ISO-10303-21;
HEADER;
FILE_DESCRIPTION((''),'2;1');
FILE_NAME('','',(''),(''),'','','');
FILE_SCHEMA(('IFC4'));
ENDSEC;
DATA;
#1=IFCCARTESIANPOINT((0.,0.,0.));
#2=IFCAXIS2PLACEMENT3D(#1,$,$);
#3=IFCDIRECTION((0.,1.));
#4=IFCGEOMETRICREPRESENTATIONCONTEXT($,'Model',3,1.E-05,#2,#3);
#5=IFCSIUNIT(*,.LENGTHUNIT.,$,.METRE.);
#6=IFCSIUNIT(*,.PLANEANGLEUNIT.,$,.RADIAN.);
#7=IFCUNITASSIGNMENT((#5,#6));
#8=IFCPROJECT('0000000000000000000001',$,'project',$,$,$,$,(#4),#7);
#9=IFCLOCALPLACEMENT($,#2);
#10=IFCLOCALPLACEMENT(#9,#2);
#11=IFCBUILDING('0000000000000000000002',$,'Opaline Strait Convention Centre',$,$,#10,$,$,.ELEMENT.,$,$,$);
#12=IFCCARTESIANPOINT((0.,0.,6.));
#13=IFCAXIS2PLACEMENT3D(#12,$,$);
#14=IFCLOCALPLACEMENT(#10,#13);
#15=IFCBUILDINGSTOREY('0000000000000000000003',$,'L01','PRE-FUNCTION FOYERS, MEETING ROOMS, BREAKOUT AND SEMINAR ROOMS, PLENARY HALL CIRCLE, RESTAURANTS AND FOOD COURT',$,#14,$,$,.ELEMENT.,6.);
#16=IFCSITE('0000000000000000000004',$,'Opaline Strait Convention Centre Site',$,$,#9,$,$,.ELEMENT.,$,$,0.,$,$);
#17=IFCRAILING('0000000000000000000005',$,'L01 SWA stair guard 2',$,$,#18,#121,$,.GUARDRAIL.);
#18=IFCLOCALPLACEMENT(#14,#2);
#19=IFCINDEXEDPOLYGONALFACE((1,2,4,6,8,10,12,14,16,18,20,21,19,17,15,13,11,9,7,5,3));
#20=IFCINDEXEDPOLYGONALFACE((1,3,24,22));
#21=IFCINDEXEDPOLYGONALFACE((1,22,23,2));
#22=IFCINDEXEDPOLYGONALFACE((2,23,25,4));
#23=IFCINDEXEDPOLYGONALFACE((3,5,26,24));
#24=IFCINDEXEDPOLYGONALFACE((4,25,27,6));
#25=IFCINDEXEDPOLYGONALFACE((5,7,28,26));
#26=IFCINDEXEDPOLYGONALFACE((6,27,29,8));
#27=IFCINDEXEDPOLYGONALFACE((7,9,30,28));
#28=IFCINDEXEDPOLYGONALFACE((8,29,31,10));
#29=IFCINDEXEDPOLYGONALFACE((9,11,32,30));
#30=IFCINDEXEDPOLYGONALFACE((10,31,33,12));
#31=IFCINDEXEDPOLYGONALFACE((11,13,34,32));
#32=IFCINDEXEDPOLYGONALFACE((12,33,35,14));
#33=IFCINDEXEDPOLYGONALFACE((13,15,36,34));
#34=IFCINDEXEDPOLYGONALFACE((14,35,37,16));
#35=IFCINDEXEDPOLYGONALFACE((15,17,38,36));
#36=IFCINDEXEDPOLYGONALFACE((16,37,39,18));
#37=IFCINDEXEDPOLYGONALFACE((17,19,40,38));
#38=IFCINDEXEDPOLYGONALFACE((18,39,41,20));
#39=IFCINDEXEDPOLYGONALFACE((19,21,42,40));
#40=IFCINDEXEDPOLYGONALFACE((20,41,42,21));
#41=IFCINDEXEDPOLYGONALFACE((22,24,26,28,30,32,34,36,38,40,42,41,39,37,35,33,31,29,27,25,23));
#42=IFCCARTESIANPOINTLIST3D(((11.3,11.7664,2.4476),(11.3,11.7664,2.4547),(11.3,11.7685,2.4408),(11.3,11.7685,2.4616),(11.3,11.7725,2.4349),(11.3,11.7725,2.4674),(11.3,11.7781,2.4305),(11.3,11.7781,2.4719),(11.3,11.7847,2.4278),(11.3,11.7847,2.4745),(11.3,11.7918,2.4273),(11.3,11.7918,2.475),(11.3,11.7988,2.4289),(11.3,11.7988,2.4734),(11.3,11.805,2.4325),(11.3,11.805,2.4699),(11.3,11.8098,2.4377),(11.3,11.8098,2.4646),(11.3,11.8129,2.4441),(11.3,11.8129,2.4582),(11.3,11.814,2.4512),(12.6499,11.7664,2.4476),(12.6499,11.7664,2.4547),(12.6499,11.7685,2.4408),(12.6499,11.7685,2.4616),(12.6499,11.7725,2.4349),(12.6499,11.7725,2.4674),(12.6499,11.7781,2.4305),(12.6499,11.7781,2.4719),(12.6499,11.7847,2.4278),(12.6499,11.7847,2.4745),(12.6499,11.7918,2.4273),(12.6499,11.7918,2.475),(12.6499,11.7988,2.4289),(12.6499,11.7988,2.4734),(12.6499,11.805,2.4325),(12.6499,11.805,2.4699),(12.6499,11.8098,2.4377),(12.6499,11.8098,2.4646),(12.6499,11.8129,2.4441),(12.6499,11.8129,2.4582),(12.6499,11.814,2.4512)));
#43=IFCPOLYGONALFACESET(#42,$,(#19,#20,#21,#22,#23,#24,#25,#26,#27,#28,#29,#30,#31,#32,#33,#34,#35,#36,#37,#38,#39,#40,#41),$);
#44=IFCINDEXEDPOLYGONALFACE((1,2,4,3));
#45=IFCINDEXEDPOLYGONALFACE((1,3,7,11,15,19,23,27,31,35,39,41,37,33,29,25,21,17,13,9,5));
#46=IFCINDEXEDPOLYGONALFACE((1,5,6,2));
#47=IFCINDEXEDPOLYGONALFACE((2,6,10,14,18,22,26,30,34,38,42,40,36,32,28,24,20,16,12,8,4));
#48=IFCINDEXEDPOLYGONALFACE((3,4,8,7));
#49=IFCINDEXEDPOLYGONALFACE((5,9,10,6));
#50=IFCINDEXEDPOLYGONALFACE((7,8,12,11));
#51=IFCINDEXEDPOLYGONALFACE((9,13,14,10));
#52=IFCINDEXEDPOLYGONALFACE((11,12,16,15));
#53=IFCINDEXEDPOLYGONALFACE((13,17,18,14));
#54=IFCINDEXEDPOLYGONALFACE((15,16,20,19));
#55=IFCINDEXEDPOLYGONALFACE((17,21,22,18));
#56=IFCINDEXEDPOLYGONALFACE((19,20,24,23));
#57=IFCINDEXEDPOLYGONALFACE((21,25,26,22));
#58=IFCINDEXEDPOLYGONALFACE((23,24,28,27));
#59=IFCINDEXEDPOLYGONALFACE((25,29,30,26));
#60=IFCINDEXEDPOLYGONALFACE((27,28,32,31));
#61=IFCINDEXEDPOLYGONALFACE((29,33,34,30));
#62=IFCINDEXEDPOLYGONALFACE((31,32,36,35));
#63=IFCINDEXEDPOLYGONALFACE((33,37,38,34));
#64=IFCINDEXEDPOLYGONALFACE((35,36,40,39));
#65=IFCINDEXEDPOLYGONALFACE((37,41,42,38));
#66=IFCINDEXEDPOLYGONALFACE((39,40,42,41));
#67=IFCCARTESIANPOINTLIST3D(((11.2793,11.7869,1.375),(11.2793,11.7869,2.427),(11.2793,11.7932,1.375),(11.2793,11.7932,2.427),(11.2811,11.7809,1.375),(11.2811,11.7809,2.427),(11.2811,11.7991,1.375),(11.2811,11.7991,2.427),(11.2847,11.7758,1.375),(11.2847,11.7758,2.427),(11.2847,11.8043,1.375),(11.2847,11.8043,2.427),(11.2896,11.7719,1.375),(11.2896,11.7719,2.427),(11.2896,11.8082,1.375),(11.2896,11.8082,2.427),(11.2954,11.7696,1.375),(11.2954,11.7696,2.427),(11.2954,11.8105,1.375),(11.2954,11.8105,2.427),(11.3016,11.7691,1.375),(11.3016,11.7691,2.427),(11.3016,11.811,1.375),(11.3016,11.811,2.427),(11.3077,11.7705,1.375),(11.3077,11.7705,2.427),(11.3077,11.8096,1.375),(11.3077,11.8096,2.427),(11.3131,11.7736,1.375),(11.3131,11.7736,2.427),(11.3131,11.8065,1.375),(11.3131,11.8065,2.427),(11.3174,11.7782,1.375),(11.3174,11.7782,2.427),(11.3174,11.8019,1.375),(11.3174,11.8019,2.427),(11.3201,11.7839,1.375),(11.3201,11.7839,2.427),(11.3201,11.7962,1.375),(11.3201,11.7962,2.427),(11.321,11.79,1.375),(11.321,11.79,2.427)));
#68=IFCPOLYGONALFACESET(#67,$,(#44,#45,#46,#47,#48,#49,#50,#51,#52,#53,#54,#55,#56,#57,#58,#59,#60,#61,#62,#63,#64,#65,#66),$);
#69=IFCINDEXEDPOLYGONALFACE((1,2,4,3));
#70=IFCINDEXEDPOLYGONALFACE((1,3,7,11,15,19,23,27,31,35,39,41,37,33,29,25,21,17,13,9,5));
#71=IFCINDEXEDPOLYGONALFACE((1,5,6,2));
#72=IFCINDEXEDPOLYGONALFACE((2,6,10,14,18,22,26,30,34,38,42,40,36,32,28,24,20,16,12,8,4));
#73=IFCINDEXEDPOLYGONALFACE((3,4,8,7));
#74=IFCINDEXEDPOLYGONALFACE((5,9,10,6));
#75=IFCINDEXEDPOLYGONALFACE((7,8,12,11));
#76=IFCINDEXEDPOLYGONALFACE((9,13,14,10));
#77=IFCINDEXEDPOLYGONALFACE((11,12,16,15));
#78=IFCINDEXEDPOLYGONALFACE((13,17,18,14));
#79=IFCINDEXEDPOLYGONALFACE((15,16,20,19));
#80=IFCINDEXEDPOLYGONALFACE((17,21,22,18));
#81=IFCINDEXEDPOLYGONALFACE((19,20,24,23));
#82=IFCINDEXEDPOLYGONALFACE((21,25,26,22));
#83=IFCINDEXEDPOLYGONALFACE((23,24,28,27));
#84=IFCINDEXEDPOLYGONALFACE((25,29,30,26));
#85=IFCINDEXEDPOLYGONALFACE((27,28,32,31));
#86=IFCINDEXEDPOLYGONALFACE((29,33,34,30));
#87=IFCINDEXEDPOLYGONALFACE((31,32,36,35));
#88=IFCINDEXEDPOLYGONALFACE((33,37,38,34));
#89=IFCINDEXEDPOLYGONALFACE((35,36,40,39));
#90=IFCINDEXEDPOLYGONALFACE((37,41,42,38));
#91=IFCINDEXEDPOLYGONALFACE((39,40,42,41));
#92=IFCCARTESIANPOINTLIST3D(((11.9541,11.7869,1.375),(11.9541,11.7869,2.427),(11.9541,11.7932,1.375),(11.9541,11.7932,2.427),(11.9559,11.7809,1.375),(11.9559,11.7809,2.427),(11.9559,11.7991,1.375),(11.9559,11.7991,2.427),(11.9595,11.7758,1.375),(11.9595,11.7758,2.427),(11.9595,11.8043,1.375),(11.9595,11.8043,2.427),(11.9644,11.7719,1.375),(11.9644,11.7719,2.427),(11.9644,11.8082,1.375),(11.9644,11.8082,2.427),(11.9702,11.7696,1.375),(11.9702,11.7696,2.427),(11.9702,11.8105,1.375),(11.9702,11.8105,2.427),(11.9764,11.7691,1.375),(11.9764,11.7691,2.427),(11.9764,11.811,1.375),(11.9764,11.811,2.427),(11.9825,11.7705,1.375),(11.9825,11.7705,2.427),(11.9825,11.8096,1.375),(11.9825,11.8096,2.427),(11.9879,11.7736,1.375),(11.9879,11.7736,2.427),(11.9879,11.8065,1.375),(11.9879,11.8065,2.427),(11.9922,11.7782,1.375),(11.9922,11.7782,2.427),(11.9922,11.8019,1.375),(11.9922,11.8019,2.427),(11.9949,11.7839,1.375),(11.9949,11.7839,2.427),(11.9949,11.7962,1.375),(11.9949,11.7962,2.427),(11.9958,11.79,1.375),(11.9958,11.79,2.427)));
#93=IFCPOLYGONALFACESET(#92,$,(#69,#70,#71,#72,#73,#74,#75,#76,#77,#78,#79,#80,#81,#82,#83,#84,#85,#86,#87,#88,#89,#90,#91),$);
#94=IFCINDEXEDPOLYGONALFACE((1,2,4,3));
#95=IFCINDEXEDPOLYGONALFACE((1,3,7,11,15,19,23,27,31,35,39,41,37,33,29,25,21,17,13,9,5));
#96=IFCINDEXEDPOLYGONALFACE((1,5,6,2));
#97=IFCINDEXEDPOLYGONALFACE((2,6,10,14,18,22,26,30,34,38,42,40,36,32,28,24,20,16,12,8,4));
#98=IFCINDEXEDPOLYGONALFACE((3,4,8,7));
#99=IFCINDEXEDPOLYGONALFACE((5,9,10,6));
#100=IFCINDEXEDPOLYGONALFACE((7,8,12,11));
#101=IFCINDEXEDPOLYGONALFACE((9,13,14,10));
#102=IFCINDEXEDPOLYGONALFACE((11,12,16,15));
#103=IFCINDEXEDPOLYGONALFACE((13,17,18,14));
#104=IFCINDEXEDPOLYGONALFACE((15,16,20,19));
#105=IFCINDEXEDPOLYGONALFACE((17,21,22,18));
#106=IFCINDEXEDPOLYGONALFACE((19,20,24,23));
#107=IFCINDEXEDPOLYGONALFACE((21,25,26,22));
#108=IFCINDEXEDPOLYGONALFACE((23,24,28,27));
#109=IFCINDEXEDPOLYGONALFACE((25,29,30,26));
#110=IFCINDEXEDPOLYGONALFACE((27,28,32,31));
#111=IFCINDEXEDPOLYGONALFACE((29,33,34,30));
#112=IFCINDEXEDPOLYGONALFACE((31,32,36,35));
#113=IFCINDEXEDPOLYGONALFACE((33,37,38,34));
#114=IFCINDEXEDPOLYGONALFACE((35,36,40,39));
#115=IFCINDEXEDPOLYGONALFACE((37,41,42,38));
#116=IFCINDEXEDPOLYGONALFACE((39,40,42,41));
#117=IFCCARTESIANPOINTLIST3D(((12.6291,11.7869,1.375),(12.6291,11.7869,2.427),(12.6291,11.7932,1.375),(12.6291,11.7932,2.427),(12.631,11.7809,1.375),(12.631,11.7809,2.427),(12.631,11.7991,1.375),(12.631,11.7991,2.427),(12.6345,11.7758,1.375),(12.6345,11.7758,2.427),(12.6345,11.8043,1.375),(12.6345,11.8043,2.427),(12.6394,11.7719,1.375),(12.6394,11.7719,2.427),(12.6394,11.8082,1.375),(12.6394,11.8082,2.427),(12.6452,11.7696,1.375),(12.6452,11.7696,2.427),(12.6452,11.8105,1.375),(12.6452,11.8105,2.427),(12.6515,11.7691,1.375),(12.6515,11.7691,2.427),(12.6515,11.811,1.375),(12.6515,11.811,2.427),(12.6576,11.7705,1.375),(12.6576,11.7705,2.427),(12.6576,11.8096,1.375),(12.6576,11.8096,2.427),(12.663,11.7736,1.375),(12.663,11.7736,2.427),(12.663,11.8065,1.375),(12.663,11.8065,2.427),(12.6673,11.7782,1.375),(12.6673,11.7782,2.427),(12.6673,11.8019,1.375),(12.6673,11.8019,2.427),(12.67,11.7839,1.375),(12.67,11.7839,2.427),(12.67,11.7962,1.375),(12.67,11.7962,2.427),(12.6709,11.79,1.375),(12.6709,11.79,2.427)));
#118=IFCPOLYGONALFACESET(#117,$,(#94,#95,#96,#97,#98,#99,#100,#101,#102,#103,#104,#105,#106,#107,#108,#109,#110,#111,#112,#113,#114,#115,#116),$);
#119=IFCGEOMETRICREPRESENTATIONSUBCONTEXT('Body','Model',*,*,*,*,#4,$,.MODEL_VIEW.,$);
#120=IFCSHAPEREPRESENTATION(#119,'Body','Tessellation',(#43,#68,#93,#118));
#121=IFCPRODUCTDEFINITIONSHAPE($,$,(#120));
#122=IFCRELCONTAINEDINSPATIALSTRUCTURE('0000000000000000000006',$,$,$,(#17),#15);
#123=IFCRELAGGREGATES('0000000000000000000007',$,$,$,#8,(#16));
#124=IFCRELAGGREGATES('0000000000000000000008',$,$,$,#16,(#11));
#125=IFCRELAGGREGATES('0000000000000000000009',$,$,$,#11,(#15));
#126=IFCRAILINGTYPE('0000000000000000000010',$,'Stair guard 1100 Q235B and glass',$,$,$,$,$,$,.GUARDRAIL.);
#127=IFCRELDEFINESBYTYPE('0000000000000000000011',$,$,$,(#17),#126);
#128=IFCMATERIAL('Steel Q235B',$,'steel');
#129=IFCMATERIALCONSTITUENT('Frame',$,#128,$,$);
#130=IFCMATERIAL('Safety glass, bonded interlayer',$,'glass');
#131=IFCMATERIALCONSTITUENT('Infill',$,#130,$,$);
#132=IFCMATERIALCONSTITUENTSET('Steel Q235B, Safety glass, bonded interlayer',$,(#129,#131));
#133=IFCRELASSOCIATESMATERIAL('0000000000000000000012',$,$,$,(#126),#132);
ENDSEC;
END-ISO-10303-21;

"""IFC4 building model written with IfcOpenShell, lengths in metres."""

from ifc_helpers import new_model, si_unit, direction, frame, origin, origin_2d, place, context, subcontext, project, spatial, circle, extrude, material, constituent, constituent_set, type_object, element, save


model = new_model("IFC4")

# Units and contexts
model_context = context("Model", 3, precision=1e-05, world=origin(), true_north=direction((0.0, 1.0)))
body_context = subcontext(model_context, "Body", "Model", "MODEL_VIEW")
ifc_project = project(units=[si_unit("LENGTHUNIT", "METRE"), si_unit("PLANEANGLEUNIT", "RADIAN")], contexts=[model_context])

# Site, building, storey
site_placement = place(None, origin())
site = spatial("IfcSite", under=ifc_project, at=site_placement, Name="Opaline Strait Convention Centre Site", CompositionType="ELEMENT", RefElevation=0.0)
building_placement = place(site_placement, origin())
building = spatial("IfcBuilding", under=site, at=building_placement, Name="Opaline Strait Convention Centre", CompositionType="ELEMENT")
storey_placement = place(building_placement, frame((0.0, 0.0, 6.0)))
storey = spatial("IfcBuildingStorey", under=building, at=storey_placement, Name="L01", Description="PRE-FUNCTION FOYERS, MEETING ROOMS, BREAKOUT AND SEMINAR ROOMS, PLENARY HALL CIRCLE, RESTAURANTS AND FOOD COURT", CompositionType="ELEMENT", Elevation=6.0)

# Railing
ifc_material_1 = material(Name="Steel Q235B", Category="steel")
ifc_constituent_1 = constituent(ifc_material_1, Name="Frame")
ifc_material_2 = material(Name="Safety glass, bonded interlayer", Category="glass")
ifc_constituent_2 = constituent(ifc_material_2, Name="Infill")
ifc_constituent_set = constituent_set(constituents=[ifc_constituent_1, ifc_constituent_2], Name="Steel Q235B, Safety glass, bonded interlayer")
railing_type = type_object("IfcRailingType", Name="Stair guard 1100 Q235B and glass", PredefinedType="GUARDRAIL", material=ifc_constituent_set)
for number, where, name in (
    (1, (11.3, 11.79, 1.375), "L01 SWA stair guard 2"),
):
    element("IfcRailing", number, at=place(storey_placement, frame(where)), inside=storey, type_object=railing_type, Name=name, PredefinedType="GUARDRAIL", context=body_context, shape_type="SweptSolid", body=[
        extrude(circle(Radius=0.0239, at=origin_2d()), frame((0.0, 0.0, 1.0762), z_axis=(1.0, 0.0, 0.0), x_axis=(0.0, 1.0, 0.0)), (0.0, 0.0, 1.0), 1.3499),
        extrude(circle(Radius=0.021, at=origin_2d()), origin(), (0.0, 0.0, 1.0), 1.052),
        extrude(circle(Radius=0.021, at=origin_2d()), frame((0.6748, 0.0, 0.0)), (0.0, 0.0, 1.0), 1.052),
        extrude(circle(Radius=0.021, at=origin_2d()), frame((1.3499, 0.0, 0.0)), (0.0, 0.0, 1.0), 1.052),
    ])

save(model, "model.ifc")
